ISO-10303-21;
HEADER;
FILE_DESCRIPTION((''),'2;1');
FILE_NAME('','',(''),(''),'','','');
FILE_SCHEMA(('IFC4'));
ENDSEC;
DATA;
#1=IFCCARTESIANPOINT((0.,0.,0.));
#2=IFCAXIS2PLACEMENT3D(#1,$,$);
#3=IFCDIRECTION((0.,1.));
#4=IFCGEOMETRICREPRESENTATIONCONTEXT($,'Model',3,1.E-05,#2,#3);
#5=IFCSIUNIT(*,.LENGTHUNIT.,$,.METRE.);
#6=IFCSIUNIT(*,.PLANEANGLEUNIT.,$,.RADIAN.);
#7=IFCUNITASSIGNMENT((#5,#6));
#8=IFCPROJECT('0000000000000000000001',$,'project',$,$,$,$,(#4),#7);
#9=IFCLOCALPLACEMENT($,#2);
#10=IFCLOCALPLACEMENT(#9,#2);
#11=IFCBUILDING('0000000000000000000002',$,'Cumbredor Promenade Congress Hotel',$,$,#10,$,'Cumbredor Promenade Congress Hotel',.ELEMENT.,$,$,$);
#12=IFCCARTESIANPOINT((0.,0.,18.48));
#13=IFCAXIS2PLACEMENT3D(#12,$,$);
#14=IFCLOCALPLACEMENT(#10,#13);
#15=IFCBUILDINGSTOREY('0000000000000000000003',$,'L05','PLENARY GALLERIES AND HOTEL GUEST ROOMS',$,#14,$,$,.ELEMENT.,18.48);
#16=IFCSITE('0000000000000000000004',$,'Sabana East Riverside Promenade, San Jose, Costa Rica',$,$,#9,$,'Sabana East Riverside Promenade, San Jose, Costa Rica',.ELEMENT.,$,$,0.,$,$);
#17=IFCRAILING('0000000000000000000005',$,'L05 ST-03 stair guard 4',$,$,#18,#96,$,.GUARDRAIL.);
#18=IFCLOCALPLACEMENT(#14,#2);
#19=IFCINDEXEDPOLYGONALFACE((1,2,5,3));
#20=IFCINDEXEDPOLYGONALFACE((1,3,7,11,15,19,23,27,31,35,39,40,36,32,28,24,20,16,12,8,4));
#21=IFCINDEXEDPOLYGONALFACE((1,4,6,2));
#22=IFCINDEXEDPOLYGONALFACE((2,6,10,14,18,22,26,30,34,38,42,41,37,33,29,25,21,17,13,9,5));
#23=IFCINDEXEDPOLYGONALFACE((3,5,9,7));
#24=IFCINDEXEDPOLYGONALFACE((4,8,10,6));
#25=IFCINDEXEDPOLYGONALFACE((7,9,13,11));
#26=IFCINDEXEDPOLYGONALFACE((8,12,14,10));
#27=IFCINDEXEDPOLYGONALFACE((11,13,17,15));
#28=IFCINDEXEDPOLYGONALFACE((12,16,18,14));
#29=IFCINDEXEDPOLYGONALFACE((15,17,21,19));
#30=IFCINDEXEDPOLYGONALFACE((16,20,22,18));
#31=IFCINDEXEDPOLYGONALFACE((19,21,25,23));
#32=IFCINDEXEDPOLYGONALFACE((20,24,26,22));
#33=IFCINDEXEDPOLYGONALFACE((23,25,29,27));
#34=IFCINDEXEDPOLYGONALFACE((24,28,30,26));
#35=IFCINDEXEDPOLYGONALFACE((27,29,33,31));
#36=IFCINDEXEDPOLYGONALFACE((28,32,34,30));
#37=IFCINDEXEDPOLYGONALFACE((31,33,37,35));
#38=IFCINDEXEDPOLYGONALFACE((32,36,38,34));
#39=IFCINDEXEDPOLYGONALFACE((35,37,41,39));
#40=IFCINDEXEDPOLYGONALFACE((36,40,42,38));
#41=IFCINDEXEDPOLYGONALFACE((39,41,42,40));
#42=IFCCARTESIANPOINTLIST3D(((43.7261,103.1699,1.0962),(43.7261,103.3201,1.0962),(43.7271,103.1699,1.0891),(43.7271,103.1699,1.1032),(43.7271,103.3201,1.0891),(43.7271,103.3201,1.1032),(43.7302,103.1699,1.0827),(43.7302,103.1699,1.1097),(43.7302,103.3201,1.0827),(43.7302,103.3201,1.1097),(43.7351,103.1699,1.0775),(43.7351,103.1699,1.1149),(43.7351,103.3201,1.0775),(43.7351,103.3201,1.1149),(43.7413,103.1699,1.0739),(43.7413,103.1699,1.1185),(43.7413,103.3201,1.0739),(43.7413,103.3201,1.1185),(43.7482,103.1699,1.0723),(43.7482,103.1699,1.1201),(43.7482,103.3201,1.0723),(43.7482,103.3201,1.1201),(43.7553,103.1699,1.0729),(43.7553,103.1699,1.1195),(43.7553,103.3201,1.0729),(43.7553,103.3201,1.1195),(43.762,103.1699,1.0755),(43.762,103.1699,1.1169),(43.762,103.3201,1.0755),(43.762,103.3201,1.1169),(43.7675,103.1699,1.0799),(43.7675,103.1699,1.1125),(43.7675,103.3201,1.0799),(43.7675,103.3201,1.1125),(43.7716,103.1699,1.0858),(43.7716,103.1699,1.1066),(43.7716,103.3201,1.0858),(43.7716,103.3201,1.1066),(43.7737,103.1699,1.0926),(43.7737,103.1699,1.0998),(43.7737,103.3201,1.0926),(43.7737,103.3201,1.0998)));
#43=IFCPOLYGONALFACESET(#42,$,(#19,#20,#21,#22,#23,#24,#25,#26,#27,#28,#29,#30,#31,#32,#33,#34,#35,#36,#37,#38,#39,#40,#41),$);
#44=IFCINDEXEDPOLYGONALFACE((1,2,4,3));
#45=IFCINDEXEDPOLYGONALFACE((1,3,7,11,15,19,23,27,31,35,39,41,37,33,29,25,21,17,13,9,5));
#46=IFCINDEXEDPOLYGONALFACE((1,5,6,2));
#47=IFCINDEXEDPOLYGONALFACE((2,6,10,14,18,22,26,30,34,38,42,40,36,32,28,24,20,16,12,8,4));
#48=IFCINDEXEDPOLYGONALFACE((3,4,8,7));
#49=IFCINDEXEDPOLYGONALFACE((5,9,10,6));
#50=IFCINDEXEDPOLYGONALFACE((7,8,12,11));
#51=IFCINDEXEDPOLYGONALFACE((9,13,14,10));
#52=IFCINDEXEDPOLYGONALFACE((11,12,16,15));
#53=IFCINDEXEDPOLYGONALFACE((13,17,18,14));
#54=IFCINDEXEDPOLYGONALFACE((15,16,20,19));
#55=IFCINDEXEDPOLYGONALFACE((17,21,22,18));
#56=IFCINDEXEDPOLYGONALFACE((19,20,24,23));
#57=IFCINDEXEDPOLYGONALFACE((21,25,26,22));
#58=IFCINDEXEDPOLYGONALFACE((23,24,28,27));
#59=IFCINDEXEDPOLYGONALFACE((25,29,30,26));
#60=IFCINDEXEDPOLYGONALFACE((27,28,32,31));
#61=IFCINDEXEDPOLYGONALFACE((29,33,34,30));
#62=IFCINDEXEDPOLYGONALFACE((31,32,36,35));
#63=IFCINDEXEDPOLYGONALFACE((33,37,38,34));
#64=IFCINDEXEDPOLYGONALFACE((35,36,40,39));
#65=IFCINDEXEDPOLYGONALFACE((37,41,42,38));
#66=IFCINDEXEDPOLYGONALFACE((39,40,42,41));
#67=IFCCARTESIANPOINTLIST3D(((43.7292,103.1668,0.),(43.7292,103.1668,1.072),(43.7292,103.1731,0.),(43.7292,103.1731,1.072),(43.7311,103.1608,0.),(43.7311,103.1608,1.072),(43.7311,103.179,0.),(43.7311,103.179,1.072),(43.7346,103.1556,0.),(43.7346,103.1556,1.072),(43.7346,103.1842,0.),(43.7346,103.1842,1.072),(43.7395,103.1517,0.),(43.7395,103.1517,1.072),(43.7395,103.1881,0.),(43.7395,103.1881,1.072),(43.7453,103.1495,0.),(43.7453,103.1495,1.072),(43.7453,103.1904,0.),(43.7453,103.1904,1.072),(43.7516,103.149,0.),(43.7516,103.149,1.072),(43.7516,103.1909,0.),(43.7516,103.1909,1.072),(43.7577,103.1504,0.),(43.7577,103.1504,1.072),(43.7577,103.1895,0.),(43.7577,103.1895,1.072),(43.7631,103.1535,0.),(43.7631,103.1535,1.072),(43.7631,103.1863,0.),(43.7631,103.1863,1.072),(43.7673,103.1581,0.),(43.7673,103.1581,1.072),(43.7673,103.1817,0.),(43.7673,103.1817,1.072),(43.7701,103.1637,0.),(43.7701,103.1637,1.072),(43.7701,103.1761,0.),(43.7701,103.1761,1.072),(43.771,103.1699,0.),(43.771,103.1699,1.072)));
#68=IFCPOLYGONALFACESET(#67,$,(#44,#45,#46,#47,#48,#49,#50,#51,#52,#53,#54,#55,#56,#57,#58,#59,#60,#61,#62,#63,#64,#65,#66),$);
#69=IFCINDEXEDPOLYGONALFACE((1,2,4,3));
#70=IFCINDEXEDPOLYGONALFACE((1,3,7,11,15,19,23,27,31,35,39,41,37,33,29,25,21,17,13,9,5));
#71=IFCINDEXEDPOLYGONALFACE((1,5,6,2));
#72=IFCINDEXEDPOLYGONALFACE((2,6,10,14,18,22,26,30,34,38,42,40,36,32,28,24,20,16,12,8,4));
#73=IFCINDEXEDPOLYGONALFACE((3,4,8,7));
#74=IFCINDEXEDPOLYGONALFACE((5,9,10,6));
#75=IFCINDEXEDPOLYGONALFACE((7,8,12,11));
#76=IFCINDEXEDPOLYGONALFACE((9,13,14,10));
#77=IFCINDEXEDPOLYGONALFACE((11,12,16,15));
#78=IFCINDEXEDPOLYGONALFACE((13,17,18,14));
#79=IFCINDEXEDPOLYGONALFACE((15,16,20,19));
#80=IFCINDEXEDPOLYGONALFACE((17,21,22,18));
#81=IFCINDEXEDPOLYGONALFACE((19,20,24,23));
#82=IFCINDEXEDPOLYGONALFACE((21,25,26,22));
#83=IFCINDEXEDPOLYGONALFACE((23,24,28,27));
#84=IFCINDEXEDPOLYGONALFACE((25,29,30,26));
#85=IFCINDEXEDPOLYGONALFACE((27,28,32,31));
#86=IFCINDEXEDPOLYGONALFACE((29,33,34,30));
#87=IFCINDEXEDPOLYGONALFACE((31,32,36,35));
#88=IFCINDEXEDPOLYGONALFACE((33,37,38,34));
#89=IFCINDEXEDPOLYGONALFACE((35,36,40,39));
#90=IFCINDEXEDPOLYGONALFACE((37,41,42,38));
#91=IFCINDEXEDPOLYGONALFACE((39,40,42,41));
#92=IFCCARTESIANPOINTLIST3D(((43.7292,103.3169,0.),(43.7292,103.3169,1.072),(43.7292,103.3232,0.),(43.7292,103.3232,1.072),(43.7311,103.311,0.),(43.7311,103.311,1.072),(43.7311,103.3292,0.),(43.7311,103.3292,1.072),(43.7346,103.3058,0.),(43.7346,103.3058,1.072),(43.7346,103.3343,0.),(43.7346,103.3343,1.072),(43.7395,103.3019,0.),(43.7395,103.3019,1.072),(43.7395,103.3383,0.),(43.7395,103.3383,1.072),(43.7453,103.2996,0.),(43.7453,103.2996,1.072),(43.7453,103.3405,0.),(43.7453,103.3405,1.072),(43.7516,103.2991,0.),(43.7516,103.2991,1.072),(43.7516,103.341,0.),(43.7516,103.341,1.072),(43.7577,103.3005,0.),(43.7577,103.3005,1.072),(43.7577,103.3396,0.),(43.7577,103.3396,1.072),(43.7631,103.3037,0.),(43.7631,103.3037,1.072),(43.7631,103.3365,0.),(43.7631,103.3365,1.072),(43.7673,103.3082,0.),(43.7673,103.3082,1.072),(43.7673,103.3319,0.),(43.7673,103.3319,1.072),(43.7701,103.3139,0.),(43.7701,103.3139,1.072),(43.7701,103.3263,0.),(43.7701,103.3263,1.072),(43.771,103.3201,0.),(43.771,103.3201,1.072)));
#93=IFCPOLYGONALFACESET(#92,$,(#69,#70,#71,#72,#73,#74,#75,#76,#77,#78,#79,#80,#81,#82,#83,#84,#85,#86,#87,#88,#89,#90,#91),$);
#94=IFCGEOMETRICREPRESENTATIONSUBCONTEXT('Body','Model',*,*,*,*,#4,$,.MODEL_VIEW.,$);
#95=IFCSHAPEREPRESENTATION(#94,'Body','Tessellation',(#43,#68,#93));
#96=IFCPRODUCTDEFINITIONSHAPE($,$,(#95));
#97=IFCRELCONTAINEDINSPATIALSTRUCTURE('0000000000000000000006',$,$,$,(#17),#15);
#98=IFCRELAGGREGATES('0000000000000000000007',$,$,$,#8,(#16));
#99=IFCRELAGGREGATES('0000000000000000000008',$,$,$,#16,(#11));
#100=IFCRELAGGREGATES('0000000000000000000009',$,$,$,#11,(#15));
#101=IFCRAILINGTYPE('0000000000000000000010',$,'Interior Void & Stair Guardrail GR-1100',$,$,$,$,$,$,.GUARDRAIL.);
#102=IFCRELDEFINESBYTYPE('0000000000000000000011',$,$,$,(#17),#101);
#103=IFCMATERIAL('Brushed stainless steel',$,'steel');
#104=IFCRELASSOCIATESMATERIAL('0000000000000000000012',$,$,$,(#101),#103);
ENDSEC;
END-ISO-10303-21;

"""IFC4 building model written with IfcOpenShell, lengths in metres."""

from ifc_helpers import new_model, si_unit, direction, frame, origin, origin_2d, place, context, subcontext, project, spatial, circle, extrude, material, type_object, element, save


model = new_model("IFC4")

# Units and contexts
model_context = context("Model", 3, precision=1e-05, world=origin(), true_north=direction((0.0, 1.0)))
body_context = subcontext(model_context, "Body", "Model", "MODEL_VIEW")
ifc_project = project(units=[si_unit("LENGTHUNIT", "METRE"), si_unit("PLANEANGLEUNIT", "RADIAN")], contexts=[model_context])

# Site, building, storey
site_placement = place(None, origin())
site = spatial("IfcSite", under=ifc_project, at=site_placement, Name="Sabana East Riverside Promenade, San Jose, Costa Rica", LongName="Sabana East Riverside Promenade, San Jose, Costa Rica", CompositionType="ELEMENT", RefElevation=0.0)
building_placement = place(site_placement, origin())
building = spatial("IfcBuilding", under=site, at=building_placement, Name="Cumbredor Promenade Congress Hotel", LongName="Cumbredor Promenade Congress Hotel", CompositionType="ELEMENT")
storey_placement = place(building_placement, frame((0.0, 0.0, 18.48)))
storey = spatial("IfcBuildingStorey", under=building, at=storey_placement, Name="L05", Description="PLENARY GALLERIES AND HOTEL GUEST ROOMS", CompositionType="ELEMENT", Elevation=18.48)

# Railing
ifc_material_1 = material(Name="Brushed stainless steel", Category="steel")
railing_type_1 = type_object("IfcRailingType", Name="Interior Void & Stair Guardrail GR-1100", PredefinedType="GUARDRAIL", material=ifc_material_1)
railing_1_placement = place(storey_placement, frame((43.75, 103.1699, 0.0)))
element("IfcRailing", 1, at=railing_1_placement, inside=storey, type_object=railing_type_1, Name="L05 ST-03 stair guard 4", PredefinedType="GUARDRAIL", context=body_context, shape_type="SweptSolid", body=[
    extrude(circle(Radius=0.0239, at=origin_2d()), frame((0.0, 0.0, 1.0962), z_axis=(0.0, 1.0, 0.0), x_axis=(-1.0, 0.0, 0.0)), (0.0, 0.0, 1.0), 0.1501),
    extrude(circle(Radius=0.021, at=origin_2d()), origin(), (0.0, 0.0, 1.0), 1.072),
    extrude(circle(Radius=0.021, at=origin_2d()), frame((0.0, 0.1501, 0.0)), (0.0, 0.0, 1.0), 1.072),
])

save(model, "model.ifc")
